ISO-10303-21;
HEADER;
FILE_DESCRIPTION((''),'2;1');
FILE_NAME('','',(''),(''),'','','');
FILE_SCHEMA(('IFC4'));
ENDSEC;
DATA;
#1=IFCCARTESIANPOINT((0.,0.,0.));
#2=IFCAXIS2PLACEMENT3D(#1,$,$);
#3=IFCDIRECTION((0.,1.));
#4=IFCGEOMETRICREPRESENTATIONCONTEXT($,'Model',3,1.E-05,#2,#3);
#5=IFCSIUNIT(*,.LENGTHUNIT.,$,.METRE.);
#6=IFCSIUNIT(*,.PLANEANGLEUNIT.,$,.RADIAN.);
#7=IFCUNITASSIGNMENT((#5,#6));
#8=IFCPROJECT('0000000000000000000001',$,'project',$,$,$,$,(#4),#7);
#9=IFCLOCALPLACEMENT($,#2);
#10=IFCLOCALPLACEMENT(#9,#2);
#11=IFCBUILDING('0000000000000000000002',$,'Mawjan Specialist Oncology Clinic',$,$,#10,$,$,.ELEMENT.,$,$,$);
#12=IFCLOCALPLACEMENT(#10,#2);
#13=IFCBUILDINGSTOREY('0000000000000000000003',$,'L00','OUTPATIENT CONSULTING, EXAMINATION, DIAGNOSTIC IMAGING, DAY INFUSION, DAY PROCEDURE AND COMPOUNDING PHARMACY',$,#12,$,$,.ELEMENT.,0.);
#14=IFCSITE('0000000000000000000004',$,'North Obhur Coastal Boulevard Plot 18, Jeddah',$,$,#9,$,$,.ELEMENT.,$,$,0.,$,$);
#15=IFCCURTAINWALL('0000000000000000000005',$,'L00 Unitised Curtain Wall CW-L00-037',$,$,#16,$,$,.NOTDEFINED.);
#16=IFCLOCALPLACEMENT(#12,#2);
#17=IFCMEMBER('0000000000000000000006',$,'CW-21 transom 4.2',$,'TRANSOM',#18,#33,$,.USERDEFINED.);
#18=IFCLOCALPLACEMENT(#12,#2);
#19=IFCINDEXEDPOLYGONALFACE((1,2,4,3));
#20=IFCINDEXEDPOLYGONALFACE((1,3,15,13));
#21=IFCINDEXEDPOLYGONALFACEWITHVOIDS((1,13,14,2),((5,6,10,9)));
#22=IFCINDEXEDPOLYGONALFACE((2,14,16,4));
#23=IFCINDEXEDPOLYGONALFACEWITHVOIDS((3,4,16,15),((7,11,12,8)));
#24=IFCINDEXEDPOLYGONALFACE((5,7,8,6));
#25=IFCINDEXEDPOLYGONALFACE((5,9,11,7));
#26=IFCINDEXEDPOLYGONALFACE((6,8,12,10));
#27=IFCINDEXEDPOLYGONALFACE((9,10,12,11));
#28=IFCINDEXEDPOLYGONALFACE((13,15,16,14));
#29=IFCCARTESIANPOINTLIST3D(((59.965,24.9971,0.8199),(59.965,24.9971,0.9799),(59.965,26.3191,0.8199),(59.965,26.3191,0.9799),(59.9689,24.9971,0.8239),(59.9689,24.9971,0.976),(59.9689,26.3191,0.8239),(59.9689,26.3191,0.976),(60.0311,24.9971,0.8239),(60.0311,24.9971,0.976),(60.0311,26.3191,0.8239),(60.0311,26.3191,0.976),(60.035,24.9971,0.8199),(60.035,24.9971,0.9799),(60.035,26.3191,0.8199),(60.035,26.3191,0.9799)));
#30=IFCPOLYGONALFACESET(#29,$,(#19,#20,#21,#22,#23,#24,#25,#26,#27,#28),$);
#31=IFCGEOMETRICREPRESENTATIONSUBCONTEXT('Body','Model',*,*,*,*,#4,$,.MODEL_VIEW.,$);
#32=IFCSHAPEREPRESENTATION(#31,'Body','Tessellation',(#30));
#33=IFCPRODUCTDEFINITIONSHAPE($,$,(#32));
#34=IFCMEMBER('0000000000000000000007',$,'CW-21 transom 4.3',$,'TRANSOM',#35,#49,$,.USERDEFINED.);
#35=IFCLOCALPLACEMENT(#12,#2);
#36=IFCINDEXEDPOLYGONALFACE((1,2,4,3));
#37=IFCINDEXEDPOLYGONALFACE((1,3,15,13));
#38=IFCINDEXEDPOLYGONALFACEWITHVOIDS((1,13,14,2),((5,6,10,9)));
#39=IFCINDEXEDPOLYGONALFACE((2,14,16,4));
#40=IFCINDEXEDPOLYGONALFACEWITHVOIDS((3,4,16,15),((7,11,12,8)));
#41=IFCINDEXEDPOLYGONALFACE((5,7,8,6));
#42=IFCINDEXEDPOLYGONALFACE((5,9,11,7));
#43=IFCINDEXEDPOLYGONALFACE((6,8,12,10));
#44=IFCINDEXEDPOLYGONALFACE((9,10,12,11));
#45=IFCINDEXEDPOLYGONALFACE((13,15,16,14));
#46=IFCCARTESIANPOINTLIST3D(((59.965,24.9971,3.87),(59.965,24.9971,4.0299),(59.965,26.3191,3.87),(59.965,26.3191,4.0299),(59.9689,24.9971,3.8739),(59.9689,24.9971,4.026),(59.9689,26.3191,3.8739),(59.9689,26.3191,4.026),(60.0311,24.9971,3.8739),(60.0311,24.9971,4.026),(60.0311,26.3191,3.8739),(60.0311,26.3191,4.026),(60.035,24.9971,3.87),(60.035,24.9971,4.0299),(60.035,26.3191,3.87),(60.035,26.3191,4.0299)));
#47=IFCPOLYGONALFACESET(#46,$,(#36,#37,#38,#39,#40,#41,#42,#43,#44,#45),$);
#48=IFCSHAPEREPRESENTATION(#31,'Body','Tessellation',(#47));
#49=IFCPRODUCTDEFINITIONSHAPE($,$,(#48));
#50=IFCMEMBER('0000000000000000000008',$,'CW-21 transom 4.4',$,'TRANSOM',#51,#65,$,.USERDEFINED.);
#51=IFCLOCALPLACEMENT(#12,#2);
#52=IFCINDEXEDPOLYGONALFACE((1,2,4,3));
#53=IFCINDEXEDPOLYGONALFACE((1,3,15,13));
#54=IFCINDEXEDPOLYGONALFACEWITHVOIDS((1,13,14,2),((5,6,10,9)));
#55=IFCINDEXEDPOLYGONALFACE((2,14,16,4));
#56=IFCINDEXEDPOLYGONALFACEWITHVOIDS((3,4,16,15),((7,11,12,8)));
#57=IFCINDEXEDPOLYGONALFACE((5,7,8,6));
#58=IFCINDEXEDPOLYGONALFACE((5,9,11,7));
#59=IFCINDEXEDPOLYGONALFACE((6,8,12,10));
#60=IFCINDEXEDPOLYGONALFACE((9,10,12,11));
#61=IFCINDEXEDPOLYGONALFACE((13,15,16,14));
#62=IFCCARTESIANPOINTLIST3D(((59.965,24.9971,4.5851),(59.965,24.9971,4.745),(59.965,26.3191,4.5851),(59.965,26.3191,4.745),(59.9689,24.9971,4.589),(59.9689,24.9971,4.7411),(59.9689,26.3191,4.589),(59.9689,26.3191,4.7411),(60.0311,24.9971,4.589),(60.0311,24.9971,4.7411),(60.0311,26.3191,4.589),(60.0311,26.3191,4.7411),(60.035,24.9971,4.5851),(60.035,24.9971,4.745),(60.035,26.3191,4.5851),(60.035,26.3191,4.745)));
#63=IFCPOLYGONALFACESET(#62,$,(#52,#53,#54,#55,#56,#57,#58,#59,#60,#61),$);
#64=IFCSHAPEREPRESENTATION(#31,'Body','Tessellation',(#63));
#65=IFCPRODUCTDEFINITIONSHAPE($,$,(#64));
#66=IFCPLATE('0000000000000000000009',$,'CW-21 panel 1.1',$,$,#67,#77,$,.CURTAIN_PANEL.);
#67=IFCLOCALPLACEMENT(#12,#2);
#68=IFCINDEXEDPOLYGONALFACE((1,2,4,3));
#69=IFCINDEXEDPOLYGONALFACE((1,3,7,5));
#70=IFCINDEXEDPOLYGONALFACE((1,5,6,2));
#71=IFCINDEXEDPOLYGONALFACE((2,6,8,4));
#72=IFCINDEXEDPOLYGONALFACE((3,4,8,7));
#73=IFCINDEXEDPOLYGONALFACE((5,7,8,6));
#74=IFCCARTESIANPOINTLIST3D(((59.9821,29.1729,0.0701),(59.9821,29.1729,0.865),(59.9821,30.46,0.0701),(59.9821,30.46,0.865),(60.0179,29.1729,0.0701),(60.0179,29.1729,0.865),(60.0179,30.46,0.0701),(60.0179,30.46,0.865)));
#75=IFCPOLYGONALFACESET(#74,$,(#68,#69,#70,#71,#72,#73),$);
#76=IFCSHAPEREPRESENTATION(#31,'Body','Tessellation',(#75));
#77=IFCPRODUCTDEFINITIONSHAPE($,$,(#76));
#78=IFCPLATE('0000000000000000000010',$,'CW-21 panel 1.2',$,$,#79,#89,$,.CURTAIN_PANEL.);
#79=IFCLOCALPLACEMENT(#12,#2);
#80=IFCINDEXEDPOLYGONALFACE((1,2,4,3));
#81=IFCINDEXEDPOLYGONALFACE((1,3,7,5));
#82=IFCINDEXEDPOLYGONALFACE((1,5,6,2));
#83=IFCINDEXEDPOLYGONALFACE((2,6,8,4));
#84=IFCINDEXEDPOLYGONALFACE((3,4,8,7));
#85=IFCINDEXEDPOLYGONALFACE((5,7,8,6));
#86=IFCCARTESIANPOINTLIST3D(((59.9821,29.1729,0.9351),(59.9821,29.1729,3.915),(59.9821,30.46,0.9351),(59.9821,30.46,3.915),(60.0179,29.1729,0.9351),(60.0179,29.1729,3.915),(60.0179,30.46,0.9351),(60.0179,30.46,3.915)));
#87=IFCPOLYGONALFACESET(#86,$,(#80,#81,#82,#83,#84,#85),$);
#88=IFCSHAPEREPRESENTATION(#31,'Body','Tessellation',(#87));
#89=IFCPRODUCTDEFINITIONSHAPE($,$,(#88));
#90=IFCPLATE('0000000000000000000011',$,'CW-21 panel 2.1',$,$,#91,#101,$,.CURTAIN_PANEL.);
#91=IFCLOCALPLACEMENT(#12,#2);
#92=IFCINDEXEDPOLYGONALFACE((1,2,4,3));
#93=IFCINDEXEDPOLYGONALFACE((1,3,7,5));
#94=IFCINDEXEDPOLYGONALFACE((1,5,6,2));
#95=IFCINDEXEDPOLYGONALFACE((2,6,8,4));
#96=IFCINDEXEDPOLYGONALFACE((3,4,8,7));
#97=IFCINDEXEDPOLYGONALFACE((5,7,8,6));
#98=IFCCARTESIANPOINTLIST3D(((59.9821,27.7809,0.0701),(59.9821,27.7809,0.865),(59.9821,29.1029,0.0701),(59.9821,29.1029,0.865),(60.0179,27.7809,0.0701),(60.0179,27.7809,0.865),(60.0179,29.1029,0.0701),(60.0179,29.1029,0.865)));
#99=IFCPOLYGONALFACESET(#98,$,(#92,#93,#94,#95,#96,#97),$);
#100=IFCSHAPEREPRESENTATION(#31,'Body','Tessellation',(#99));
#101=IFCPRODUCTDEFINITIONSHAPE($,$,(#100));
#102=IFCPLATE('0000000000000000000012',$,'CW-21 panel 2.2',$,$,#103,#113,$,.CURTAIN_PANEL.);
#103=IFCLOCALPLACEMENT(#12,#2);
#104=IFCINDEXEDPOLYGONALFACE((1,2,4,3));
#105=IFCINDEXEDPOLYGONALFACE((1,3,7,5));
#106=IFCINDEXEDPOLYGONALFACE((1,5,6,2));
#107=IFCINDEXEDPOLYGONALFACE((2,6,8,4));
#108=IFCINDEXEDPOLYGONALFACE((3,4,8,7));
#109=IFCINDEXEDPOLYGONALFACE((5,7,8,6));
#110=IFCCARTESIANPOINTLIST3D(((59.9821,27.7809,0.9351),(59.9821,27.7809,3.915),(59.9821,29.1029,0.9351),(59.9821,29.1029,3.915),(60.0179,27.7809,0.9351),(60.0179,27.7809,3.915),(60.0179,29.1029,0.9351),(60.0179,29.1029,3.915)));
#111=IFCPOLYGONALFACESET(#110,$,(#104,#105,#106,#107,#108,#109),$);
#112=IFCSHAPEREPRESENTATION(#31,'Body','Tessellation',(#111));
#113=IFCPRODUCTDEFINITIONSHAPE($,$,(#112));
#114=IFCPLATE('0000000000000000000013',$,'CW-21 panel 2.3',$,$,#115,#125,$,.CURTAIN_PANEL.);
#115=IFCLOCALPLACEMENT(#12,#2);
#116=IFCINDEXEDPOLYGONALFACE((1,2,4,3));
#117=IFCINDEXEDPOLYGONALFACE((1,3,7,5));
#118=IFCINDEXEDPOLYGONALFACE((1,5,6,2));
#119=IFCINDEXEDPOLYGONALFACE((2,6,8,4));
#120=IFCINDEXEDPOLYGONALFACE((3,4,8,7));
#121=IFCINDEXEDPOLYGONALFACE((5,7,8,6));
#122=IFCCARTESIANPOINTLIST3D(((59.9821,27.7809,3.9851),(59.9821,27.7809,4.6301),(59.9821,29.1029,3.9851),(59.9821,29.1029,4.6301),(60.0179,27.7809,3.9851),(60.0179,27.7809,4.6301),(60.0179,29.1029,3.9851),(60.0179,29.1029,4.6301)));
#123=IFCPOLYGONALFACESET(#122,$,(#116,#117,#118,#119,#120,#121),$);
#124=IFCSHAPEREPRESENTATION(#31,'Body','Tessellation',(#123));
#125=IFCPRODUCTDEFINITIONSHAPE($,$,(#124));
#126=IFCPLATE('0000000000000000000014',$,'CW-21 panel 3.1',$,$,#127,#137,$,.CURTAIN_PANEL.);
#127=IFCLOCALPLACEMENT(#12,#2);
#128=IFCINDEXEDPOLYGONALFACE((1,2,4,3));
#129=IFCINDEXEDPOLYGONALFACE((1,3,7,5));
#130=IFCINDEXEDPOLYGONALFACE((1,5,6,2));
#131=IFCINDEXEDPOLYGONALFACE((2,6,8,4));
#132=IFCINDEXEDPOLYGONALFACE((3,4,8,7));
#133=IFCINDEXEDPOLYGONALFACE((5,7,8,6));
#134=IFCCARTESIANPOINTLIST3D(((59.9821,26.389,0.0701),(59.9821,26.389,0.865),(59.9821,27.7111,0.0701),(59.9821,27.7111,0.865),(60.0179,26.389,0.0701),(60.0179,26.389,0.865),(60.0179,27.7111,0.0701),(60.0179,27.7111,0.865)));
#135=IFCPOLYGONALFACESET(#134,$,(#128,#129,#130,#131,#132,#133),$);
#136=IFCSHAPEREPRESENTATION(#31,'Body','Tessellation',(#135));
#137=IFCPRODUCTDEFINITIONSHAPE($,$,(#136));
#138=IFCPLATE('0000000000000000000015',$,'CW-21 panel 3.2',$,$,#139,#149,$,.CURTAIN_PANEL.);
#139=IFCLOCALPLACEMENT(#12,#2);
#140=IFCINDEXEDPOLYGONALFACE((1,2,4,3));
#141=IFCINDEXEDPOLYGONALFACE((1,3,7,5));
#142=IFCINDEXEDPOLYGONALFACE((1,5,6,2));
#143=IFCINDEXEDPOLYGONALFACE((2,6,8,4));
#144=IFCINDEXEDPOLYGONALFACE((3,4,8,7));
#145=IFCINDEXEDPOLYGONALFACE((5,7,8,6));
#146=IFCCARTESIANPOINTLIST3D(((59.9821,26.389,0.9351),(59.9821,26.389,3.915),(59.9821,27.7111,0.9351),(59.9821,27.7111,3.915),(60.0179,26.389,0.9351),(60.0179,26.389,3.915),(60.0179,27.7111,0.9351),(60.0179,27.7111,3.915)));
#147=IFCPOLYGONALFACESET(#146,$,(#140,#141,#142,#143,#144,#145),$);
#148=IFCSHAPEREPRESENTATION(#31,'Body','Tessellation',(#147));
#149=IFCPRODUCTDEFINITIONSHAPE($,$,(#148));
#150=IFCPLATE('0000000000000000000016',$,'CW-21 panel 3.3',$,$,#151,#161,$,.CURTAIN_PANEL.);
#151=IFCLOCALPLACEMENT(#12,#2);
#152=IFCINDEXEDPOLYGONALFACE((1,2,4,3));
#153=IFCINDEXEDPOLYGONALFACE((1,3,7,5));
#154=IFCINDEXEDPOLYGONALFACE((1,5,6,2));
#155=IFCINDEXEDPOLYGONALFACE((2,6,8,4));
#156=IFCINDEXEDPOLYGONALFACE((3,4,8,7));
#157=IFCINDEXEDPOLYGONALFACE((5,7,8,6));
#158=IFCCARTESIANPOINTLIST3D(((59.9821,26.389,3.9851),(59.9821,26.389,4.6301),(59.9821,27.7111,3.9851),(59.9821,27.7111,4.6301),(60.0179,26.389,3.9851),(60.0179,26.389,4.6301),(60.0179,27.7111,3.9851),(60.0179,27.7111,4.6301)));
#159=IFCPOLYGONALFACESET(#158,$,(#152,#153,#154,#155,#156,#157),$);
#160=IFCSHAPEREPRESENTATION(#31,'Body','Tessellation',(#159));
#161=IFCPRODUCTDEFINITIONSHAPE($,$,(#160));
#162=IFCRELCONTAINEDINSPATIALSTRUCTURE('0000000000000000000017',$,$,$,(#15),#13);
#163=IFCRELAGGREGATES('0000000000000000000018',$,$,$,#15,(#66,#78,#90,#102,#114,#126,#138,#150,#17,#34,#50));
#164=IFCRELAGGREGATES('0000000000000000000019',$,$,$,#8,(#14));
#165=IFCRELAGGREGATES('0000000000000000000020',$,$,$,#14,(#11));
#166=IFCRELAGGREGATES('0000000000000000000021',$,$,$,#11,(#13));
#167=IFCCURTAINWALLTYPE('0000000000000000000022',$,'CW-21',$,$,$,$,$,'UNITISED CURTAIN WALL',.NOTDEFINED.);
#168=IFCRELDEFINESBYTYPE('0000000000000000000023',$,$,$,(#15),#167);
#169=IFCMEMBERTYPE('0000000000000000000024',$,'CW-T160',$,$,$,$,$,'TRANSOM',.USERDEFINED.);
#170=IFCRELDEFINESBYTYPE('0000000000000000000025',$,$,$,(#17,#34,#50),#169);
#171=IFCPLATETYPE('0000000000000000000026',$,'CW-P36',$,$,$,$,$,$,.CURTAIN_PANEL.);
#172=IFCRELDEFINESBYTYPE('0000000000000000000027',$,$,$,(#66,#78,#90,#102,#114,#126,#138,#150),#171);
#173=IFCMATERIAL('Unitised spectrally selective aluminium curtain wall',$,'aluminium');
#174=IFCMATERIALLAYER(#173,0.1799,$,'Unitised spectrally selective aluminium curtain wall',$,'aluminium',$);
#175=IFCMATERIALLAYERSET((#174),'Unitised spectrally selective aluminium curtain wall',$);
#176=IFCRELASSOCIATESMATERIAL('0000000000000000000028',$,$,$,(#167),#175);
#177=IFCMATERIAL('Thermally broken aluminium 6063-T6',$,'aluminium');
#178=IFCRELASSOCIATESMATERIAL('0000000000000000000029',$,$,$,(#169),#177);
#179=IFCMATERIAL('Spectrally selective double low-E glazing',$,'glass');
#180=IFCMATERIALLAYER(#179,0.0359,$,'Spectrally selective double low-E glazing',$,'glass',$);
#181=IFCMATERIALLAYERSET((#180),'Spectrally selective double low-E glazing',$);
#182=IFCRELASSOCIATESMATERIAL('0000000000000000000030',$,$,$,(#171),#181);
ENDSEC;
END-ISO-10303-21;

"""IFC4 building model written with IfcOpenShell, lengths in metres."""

from ifc_helpers import new_model, si_unit, direction, frame, origin, origin_2d, place, context, subcontext, project, spatial, rectangle, hollow_rectangle, extrude, material, layer, layer_set, material_profile, profile_set, type_object, element, aggregate, save


model = new_model("IFC4")

# Units and contexts
model_context = context("Model", 3, precision=1e-05, world=origin(), true_north=direction((0.0, 1.0)))
body_context = subcontext(model_context, "Body", "Model", "MODEL_VIEW")
ifc_project = project(units=[si_unit("LENGTHUNIT", "METRE"), si_unit("PLANEANGLEUNIT", "RADIAN")], contexts=[model_context])

# Site, building, storey
site_placement = place(None, origin())
site = spatial("IfcSite", under=ifc_project, at=site_placement, Name="North Obhur Coastal Boulevard Plot 18, Jeddah", CompositionType="ELEMENT", RefElevation=0.0)
building_placement = place(site_placement, origin())
building = spatial("IfcBuilding", under=site, at=building_placement, Name="Mawjan Specialist Oncology Clinic", CompositionType="ELEMENT")
storey_placement = place(building_placement, origin())
storey = spatial("IfcBuildingStorey", under=building, at=storey_placement, Name="L00", Description="OUTPATIENT CONSULTING, EXAMINATION, DIAGNOSTIC IMAGING, DAY INFUSION, DAY PROCEDURE AND COMPOUNDING PHARMACY", CompositionType="ELEMENT", Elevation=0.0)

# Curtain wall, members, plates
ifc_material_1 = material(Name="Unitised spectrally selective aluminium curtain wall", Category="aluminium")
ifc_layer_1 = layer(ifc_material_1, 0.1799, Name="Unitised spectrally selective aluminium curtain wall", Category="aluminium")
ifc_layer_set_1 = layer_set([ifc_layer_1], Name="Unitised spectrally selective aluminium curtain wall")
curtain_wall_type = type_object("IfcCurtainWallType", Name="CW-21", ElementType="UNITISED CURTAIN WALL", PredefinedType="NOTDEFINED", material=ifc_layer_set_1)
curtain_wall_placement = place(storey_placement, origin())
curtain_wall = element("IfcCurtainWall", 1, at=curtain_wall_placement, inside=storey, type_object=curtain_wall_type, Name="L00 Unitised Curtain Wall CW-L00-037", PredefinedType="NOTDEFINED")
ifc_material_2 = material(Name="Thermally broken aluminium 6063-T6", Category="aluminium")
ifc_material_profile_1 = material_profile(ifc_material_2, hollow_rectangle(XDim=0.0701, YDim=0.1599, WallThickness=0.0039, at=origin_2d()), Name="ALU TRANSOM 160x70x4", Category="aluminium")
ifc_profile_set_1 = profile_set([ifc_material_profile_1], Name="Thermally broken aluminium 6063-T6")
member_type_1 = type_object("IfcMemberType", Name="CW-T160", ElementType="TRANSOM", PredefinedType="USERDEFINED", material=ifc_profile_set_1)
member_1_placement = place(storey_placement, frame((60.0, 26.3191, 0.8999), z_axis=(0.0, -1.0, 0.0), x_axis=(1.0, 0.0, 0.0)))
member_1 = element("IfcMember", 2, at=member_1_placement, type_object=member_type_1, Name="CW-21 transom 4.2", ObjectType="TRANSOM", PredefinedType="USERDEFINED", context=body_context, shape_type="SweptSolid", body=[
    extrude(hollow_rectangle(XDim=0.0701, YDim=0.1599, WallThickness=0.0039, at=origin_2d()), origin(), (0.0, 0.0, 1.0), 1.322),
])
member_2_placement = place(storey_placement, frame((60.0, 26.3191, 3.95), z_axis=(0.0, -1.0, 0.0), x_axis=(1.0, 0.0, 0.0)))
member_2 = element("IfcMember", 3, at=member_2_placement, type_object=member_type_1, Name="CW-21 transom 4.3", ObjectType="TRANSOM", PredefinedType="USERDEFINED", context=body_context, shape_type="SweptSolid", body=[
    extrude(hollow_rectangle(XDim=0.0701, YDim=0.1599, WallThickness=0.0039, at=origin_2d()), origin(), (0.0, 0.0, 1.0), 1.322),
])
member_3_placement = place(storey_placement, frame((60.0, 26.3191, 4.665), z_axis=(0.0, -1.0, 0.0), x_axis=(1.0, 0.0, 0.0)))
member_3 = element("IfcMember", 4, at=member_3_placement, type_object=member_type_1, Name="CW-21 transom 4.4", ObjectType="TRANSOM", PredefinedType="USERDEFINED", context=body_context, shape_type="SweptSolid", body=[
    extrude(hollow_rectangle(XDim=0.0701, YDim=0.1599, WallThickness=0.0039, at=origin_2d()), origin(), (0.0, 0.0, 1.0), 1.322),
])
ifc_material_3 = material(Name="Spectrally selective double low-E glazing", Category="glass")
ifc_layer_2 = layer(ifc_material_3, 0.0359, Name="Spectrally selective double low-E glazing", Category="glass")
ifc_layer_set_2 = layer_set([ifc_layer_2], Name="Spectrally selective double low-E glazing")
plate_type = type_object("IfcPlateType", Name="CW-P36", PredefinedType="CURTAIN_PANEL", material=ifc_layer_set_2)
plate_1_placement = place(storey_placement, frame((60.0, 29.8164, 0.0701), z_axis=(0.0, 0.0, 1.0), x_axis=(0.0, -1.0, 0.0)))
plate_1 = element("IfcPlate", 5, at=plate_1_placement, type_object=plate_type, Name="CW-21 panel 1.1", PredefinedType="CURTAIN_PANEL", context=body_context, shape_type="SweptSolid", body=[
    extrude(rectangle(XDim=1.2871, YDim=0.0359, at=origin_2d()), origin(), (0.0, 0.0, 1.0), 0.7949),
])
plate_2_placement = place(storey_placement, frame((60.0, 29.8164, 0.9351), z_axis=(0.0, 0.0, 1.0), x_axis=(0.0, -1.0, 0.0)))
plate_2 = element("IfcPlate", 6, at=plate_2_placement, type_object=plate_type, Name="CW-21 panel 1.2", PredefinedType="CURTAIN_PANEL", context=body_context, shape_type="SweptSolid", body=[
    extrude(rectangle(XDim=1.2871, YDim=0.0359, at=origin_2d()), origin(), (0.0, 0.0, 1.0), 2.98),
])
plate_3_placement = place(storey_placement, frame((60.0, 28.4419, 0.0701), z_axis=(0.0, 0.0, 1.0), x_axis=(0.0, -1.0, 0.0)))
plate_3 = element("IfcPlate", 7, at=plate_3_placement, type_object=plate_type, Name="CW-21 panel 2.1", PredefinedType="CURTAIN_PANEL", context=body_context, shape_type="SweptSolid", body=[
    extrude(rectangle(XDim=1.322, YDim=0.0359, at=origin_2d()), origin(), (0.0, 0.0, 1.0), 0.7949),
])
plate_4_placement = place(storey_placement, frame((60.0, 28.4419, 0.9351), z_axis=(0.0, 0.0, 1.0), x_axis=(0.0, -1.0, 0.0)))
plate_4 = element("IfcPlate", 8, at=plate_4_placement, type_object=plate_type, Name="CW-21 panel 2.2", PredefinedType="CURTAIN_PANEL", context=body_context, shape_type="SweptSolid", body=[
    extrude(rectangle(XDim=1.322, YDim=0.0359, at=origin_2d()), origin(), (0.0, 0.0, 1.0), 2.98),
])
plate_5_placement = place(storey_placement, frame((60.0, 28.4419, 3.9851), z_axis=(0.0, 0.0, 1.0), x_axis=(0.0, -1.0, 0.0)))
plate_5 = element("IfcPlate", 9, at=plate_5_placement, type_object=plate_type, Name="CW-21 panel 2.3", PredefinedType="CURTAIN_PANEL", context=body_context, shape_type="SweptSolid", body=[
    extrude(rectangle(XDim=1.322, YDim=0.0359, at=origin_2d()), origin(), (0.0, 0.0, 1.0), 0.645),
])
plate_6_placement = place(storey_placement, frame((60.0, 27.05, 0.0701), z_axis=(0.0, 0.0, 1.0), x_axis=(0.0, -1.0, 0.0)))
plate_6 = element("IfcPlate", 10, at=plate_6_placement, type_object=plate_type, Name="CW-21 panel 3.1", PredefinedType="CURTAIN_PANEL", context=body_context, shape_type="SweptSolid", body=[
    extrude(rectangle(XDim=1.322, YDim=0.0359, at=origin_2d()), origin(), (0.0, 0.0, 1.0), 0.7949),
])
plate_7_placement = place(storey_placement, frame((60.0, 27.05, 0.9351), z_axis=(0.0, 0.0, 1.0), x_axis=(0.0, -1.0, 0.0)))
plate_7 = element("IfcPlate", 11, at=plate_7_placement, type_object=plate_type, Name="CW-21 panel 3.2", PredefinedType="CURTAIN_PANEL", context=body_context, shape_type="SweptSolid", body=[
    extrude(rectangle(XDim=1.322, YDim=0.0359, at=origin_2d()), origin(), (0.0, 0.0, 1.0), 2.98),
])
plate_8_placement = place(storey_placement, frame((60.0, 27.05, 3.9851), z_axis=(0.0, 0.0, 1.0), x_axis=(0.0, -1.0, 0.0)))
plate_8 = element("IfcPlate", 12, at=plate_8_placement, type_object=plate_type, Name="CW-21 panel 3.3", PredefinedType="CURTAIN_PANEL", context=body_context, shape_type="SweptSolid", body=[
    extrude(rectangle(XDim=1.322, YDim=0.0359, at=origin_2d()), origin(), (0.0, 0.0, 1.0), 0.645),
])
aggregate(curtain_wall, [plate_1, plate_2, plate_3, plate_4, plate_5, plate_6, plate_7, plate_8, member_1, member_2, member_3])

save(model, "model.ifc")
